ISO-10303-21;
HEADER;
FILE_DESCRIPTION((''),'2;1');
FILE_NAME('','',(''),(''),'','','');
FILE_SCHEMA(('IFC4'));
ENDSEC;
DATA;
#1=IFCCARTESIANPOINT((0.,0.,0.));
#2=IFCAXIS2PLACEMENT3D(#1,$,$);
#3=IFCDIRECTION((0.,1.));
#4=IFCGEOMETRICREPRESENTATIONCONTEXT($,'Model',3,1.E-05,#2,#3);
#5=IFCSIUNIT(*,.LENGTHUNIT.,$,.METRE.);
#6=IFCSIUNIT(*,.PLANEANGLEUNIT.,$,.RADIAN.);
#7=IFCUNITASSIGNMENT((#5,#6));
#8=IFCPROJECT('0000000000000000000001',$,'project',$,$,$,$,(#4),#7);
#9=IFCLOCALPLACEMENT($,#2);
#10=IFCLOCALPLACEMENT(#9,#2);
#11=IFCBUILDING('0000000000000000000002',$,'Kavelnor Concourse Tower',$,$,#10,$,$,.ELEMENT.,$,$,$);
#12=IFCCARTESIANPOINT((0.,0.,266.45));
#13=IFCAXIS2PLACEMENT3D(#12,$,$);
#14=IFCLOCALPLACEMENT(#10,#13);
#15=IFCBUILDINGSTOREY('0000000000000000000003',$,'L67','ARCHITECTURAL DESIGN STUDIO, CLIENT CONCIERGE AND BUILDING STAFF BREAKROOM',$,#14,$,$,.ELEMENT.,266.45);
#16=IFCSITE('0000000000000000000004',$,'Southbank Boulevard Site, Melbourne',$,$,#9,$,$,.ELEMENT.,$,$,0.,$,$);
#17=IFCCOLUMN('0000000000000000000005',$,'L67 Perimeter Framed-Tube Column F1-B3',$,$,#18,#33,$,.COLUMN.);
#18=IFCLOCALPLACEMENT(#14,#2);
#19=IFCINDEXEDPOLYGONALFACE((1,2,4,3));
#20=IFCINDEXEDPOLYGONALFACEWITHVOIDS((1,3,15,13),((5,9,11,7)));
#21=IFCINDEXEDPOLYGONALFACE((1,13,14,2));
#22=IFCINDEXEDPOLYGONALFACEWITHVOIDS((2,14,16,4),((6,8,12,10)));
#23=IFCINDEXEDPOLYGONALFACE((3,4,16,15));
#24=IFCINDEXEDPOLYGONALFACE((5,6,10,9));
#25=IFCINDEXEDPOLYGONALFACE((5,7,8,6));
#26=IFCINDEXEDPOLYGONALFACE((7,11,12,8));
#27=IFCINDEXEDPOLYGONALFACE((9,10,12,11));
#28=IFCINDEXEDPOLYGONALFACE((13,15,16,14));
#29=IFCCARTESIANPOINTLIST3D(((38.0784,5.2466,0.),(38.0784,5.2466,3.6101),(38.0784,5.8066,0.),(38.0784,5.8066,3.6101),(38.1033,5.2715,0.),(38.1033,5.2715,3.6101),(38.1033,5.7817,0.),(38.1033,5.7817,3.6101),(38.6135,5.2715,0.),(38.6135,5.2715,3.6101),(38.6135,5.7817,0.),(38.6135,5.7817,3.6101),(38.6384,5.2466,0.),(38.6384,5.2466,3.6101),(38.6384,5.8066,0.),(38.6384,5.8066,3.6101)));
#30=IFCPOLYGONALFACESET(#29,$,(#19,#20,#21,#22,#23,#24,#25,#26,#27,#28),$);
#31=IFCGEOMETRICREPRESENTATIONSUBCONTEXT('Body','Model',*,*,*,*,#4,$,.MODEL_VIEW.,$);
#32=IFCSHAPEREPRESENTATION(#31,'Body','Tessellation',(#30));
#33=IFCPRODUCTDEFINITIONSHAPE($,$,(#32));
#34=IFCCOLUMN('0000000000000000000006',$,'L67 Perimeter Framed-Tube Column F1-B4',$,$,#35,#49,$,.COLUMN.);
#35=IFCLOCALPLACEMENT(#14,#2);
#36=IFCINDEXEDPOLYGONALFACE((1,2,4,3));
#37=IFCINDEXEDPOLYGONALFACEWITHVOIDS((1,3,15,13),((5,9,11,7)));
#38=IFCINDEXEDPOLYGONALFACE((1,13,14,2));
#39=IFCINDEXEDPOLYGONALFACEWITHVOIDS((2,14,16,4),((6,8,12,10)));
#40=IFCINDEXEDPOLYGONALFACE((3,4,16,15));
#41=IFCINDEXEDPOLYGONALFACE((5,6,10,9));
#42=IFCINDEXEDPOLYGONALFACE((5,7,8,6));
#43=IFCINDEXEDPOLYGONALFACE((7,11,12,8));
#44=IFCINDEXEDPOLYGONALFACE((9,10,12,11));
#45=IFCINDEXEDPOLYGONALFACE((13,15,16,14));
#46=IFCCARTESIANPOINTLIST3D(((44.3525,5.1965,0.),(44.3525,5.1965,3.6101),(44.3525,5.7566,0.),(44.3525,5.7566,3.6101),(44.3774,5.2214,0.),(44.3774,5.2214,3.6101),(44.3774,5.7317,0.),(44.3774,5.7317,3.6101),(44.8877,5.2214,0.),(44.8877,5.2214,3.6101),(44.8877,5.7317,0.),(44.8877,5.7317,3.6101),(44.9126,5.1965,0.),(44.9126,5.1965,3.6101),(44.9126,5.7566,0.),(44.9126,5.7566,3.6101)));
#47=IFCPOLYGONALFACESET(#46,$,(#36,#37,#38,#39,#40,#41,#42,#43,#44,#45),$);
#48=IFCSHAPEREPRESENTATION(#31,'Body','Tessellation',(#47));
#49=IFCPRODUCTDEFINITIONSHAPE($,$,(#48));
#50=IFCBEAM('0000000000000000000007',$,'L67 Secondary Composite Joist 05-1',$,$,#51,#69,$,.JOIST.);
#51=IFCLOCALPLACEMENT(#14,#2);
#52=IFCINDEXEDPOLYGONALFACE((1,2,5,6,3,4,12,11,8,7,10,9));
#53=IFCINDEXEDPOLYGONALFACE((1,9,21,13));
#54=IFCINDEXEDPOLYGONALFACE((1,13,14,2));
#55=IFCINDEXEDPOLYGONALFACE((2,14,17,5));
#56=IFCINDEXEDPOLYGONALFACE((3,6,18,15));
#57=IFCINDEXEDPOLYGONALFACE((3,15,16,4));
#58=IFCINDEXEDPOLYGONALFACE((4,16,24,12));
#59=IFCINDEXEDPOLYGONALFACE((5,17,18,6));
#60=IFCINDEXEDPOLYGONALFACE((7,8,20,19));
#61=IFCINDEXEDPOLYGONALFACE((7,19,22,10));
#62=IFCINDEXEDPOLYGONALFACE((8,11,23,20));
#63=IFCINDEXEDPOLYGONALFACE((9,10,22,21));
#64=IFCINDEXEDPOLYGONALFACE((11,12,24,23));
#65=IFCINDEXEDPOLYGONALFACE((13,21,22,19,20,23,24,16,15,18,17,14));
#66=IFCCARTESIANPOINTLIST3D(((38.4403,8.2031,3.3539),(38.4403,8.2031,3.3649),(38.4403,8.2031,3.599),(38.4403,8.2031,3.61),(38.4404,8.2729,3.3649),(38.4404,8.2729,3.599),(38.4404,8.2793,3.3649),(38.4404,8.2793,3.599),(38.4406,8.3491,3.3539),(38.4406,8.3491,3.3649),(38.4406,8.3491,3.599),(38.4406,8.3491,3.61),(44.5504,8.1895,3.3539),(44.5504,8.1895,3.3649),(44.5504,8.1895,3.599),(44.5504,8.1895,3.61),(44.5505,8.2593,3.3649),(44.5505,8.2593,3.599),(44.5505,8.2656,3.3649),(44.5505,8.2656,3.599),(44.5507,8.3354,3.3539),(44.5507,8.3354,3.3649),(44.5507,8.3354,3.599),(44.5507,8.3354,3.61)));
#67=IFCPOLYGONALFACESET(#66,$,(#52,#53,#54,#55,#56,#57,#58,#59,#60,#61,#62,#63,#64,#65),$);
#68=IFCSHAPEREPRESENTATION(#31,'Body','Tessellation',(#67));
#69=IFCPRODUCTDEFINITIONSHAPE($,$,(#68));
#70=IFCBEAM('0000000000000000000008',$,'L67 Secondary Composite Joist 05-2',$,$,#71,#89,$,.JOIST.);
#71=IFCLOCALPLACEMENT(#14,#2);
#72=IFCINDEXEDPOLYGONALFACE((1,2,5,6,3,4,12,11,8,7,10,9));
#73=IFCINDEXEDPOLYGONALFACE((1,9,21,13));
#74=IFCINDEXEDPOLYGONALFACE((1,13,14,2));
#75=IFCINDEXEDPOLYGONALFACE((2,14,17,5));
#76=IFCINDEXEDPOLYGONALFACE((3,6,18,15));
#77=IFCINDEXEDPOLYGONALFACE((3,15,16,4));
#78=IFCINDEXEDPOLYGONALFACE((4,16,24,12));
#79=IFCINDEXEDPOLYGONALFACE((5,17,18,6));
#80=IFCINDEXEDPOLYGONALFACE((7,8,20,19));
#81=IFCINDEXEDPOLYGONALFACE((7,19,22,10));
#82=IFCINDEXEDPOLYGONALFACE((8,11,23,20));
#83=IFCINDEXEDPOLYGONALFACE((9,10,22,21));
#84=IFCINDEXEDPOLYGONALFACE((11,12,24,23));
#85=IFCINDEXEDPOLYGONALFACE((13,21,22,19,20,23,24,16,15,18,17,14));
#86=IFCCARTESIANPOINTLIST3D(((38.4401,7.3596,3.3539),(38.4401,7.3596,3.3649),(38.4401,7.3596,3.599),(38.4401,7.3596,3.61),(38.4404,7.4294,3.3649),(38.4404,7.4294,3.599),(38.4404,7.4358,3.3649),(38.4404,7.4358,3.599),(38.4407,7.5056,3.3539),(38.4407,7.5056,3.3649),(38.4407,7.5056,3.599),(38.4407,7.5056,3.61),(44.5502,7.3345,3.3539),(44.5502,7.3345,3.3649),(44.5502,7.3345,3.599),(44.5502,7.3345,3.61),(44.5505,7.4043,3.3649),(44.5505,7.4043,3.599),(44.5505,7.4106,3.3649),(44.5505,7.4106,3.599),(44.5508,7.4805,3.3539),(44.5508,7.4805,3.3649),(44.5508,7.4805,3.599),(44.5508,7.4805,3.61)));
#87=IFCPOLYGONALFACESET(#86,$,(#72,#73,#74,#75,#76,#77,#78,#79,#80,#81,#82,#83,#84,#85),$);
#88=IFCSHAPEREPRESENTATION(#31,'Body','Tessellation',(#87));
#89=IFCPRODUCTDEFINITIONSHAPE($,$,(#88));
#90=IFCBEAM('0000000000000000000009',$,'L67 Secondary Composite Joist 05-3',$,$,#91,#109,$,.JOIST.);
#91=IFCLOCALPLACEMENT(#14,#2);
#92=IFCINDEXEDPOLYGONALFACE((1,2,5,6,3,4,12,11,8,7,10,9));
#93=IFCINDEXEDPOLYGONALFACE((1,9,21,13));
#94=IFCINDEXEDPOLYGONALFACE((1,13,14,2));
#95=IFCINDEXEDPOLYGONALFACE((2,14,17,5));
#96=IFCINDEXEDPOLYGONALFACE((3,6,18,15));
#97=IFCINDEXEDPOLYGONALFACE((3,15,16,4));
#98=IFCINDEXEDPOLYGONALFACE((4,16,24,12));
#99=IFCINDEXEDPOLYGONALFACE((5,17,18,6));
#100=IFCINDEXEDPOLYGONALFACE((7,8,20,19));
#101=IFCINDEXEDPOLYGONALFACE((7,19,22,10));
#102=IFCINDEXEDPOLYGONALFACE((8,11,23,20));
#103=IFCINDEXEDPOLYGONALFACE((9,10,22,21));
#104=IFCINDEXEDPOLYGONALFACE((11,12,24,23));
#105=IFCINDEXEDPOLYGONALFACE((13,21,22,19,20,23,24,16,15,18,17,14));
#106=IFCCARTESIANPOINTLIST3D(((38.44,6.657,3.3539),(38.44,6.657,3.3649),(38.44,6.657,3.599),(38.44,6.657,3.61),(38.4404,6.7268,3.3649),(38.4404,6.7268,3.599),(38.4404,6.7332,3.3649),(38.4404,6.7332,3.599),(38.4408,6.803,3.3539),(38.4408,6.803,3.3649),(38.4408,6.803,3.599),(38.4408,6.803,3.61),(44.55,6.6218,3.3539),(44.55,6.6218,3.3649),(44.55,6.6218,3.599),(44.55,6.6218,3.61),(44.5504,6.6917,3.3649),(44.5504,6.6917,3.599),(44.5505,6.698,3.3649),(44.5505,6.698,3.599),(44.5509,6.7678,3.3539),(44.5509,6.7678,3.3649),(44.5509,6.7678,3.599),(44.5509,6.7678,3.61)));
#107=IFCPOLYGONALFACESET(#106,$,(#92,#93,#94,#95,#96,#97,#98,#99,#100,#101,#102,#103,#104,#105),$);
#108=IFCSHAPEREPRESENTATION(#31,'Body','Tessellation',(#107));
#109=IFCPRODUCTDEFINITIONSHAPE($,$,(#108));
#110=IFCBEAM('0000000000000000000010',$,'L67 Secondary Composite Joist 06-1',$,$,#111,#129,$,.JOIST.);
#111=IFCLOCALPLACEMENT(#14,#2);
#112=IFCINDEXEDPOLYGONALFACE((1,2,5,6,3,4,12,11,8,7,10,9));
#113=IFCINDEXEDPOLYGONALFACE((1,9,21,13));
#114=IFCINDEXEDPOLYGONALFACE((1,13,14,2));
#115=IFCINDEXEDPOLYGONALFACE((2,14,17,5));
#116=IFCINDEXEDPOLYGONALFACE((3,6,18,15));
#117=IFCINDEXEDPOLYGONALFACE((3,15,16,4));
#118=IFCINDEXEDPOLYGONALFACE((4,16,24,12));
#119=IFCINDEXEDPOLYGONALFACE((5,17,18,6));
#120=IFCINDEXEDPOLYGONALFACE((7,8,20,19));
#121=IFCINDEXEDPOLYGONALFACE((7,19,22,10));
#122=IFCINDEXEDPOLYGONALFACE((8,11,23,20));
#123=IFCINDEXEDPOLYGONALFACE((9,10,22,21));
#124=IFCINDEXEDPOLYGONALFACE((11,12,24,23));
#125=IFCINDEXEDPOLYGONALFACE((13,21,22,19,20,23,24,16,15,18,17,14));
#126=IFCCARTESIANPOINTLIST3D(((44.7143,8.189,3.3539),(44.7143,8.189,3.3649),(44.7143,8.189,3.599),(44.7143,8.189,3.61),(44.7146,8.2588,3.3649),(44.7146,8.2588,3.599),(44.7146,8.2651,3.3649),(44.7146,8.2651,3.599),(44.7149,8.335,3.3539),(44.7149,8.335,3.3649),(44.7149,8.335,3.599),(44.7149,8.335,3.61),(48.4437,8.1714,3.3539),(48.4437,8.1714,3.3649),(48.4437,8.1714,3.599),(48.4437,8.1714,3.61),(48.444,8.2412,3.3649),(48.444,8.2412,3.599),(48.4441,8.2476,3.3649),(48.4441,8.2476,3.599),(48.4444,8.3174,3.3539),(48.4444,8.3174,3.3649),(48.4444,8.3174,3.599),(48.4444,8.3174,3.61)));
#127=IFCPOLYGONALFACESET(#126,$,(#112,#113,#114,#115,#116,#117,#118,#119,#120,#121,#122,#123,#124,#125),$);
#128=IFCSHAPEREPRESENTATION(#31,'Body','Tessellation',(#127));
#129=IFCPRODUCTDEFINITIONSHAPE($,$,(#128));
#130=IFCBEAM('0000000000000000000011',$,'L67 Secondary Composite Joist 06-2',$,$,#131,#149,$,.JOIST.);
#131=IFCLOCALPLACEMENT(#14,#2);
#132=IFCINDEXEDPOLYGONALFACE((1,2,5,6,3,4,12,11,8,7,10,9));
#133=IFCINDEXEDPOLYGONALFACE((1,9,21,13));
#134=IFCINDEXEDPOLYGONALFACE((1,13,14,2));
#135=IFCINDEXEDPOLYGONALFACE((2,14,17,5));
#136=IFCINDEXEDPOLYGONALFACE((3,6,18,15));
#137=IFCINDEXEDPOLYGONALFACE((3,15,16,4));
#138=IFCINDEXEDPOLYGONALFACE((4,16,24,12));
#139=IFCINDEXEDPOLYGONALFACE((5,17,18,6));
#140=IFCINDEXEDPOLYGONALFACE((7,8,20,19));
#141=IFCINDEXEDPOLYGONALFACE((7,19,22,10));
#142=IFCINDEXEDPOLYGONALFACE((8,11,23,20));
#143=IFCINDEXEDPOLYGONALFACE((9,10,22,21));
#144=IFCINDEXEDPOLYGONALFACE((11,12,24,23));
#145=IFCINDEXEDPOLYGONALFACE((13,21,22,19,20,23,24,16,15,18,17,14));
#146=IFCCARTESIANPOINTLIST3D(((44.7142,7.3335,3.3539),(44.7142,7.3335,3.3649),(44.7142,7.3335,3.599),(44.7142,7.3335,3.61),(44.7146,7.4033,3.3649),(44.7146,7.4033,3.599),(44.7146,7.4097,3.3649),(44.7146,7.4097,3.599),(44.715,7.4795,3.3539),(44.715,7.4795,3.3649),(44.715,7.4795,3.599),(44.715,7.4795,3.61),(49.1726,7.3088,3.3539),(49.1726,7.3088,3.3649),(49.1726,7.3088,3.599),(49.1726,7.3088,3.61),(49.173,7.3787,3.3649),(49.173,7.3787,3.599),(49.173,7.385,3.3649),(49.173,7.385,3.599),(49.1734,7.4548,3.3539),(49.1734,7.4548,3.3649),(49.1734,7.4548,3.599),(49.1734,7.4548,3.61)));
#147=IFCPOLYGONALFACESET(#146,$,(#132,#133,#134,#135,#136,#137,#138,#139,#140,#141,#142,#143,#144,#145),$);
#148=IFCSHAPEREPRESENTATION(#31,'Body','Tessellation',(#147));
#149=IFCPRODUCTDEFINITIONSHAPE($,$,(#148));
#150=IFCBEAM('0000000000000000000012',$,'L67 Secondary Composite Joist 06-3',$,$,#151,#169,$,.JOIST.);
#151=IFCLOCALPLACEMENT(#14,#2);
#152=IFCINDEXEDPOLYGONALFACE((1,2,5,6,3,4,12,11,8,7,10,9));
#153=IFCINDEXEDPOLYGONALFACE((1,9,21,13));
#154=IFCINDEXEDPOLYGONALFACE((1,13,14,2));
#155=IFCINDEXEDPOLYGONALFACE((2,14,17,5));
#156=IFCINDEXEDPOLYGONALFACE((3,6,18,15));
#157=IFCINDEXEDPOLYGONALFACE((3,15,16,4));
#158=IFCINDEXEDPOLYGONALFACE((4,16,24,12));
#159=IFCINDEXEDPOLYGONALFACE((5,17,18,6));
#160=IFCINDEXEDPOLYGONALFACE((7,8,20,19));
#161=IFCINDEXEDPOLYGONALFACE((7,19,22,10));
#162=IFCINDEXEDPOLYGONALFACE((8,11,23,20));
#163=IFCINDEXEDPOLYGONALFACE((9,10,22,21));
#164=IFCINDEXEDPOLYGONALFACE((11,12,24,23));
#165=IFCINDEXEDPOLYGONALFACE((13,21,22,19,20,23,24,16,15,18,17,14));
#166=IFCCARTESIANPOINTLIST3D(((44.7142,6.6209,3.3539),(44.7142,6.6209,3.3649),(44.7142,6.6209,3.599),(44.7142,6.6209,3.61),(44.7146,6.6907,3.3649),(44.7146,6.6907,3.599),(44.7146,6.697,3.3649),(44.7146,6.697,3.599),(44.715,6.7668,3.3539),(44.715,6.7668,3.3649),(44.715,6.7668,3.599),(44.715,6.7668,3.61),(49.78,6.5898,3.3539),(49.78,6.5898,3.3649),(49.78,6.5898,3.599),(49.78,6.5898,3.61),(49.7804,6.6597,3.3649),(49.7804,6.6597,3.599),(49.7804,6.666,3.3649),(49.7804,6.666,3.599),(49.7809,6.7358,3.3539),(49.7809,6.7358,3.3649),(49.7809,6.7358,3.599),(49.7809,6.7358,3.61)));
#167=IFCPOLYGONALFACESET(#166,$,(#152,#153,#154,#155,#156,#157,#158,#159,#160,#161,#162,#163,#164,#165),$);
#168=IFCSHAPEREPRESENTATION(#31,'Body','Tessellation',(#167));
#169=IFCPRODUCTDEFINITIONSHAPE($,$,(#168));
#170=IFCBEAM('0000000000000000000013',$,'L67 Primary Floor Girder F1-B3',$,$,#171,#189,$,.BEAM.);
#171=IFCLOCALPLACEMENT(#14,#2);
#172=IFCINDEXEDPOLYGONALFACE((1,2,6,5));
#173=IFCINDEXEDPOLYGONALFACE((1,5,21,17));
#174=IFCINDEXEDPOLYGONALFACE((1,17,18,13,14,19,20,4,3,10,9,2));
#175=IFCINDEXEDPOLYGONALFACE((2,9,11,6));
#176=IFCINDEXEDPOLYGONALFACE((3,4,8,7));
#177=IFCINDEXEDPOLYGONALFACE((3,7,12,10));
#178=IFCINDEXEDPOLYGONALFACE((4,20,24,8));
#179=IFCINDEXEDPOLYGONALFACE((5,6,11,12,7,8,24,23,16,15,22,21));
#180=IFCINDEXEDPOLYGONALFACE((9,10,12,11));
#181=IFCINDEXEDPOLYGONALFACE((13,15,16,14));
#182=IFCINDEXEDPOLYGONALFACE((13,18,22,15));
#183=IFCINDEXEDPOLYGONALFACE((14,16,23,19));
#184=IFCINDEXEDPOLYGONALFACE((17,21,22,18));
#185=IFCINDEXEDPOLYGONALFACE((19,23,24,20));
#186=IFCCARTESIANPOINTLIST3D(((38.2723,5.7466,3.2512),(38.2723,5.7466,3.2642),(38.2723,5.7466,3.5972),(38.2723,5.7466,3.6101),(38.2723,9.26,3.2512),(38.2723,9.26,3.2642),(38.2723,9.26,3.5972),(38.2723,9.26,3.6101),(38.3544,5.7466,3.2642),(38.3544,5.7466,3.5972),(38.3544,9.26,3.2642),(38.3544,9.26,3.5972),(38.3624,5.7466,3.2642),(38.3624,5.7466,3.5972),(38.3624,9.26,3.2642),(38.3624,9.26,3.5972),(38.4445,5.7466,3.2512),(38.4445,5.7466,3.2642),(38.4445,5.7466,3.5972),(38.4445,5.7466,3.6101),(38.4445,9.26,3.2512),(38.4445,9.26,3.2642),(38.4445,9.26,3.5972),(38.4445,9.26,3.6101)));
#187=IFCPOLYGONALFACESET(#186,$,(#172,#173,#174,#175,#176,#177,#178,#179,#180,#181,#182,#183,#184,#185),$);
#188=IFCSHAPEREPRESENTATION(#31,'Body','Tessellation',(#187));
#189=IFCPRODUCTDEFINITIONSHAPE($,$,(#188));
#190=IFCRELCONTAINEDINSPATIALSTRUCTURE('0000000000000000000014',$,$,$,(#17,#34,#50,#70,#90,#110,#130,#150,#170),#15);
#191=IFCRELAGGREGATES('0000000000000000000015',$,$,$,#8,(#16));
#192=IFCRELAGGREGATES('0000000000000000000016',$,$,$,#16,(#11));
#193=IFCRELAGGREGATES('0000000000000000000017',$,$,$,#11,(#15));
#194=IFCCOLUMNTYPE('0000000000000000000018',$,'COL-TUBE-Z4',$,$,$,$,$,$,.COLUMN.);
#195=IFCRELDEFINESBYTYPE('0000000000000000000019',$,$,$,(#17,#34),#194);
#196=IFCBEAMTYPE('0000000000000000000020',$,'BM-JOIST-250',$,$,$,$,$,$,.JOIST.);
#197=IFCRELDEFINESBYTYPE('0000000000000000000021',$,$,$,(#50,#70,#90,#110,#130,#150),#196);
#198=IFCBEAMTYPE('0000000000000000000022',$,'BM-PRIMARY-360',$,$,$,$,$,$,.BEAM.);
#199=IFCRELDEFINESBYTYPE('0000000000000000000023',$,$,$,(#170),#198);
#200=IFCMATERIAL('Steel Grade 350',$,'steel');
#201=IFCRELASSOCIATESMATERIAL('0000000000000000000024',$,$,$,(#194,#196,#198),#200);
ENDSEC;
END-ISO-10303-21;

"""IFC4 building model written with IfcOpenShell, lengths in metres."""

from ifc_helpers import new_model, si_unit, direction, frame, origin, origin_2d, place, context, subcontext, project, spatial, hollow_rectangle, i_section, extrude, material, material_profile, profile_set, type_object, element, save


model = new_model("IFC4")

# Units and contexts
model_context = context("Model", 3, precision=1e-05, world=origin(), true_north=direction((0.0, 1.0)))
body_context = subcontext(model_context, "Body", "Model", "MODEL_VIEW")
ifc_project = project(units=[si_unit("LENGTHUNIT", "METRE"), si_unit("PLANEANGLEUNIT", "RADIAN")], contexts=[model_context])

# Site, building, storey
site_placement = place(None, origin())
site = spatial("IfcSite", under=ifc_project, at=site_placement, Name="Southbank Boulevard Site, Melbourne", CompositionType="ELEMENT", RefElevation=0.0)
building_placement = place(site_placement, origin())
building = spatial("IfcBuilding", under=site, at=building_placement, Name="Kavelnor Concourse Tower", CompositionType="ELEMENT")
storey_placement = place(building_placement, frame((0.0, 0.0, 266.45)))
storey = spatial("IfcBuildingStorey", under=building, at=storey_placement, Name="L67", Description="ARCHITECTURAL DESIGN STUDIO, CLIENT CONCIERGE AND BUILDING STAFF BREAKROOM", CompositionType="ELEMENT", Elevation=266.45)

# Columns
ifc_material_1 = material(Name="Steel Grade 350", Category="steel")
ifc_material_profile_1 = material_profile(ifc_material_1, hollow_rectangle(XDim=0.5601, YDim=0.5601, WallThickness=0.0249, at=origin_2d()), Name="SHS 560x560x25")
ifc_profile_set_1 = profile_set([ifc_material_profile_1], Name="Steel Grade 350")
column_type = type_object("IfcColumnType", Name="COL-TUBE-Z4", PredefinedType="COLUMN", material=ifc_profile_set_1)
for number, where, z_axis, x_axis, name in (
    (1, (38.3584, 5.5266, 0.0), (0.0, 0.0, 1.0), (1.0, 0.0, 0.0), "L67 Perimeter Framed-Tube Column F1-B3"),
    (2, (44.6326, 5.4766, 0.0), (0.0, 0.0, 1.0), (1.0, 0.0, 0.0), "L67 Perimeter Framed-Tube Column F1-B4"),
):
    element("IfcColumn", number, at=place(storey_placement, frame(where, z_axis=z_axis, x_axis=x_axis)), inside=storey, type_object=column_type, Name=name, PredefinedType="COLUMN", context=body_context, shape_type="SweptSolid", body=[
        extrude(hollow_rectangle(XDim=0.5601, YDim=0.5601, WallThickness=0.0249, at=origin_2d()), origin(), (0.0, 0.0, 1.0), 3.6101),
    ])

# Beams
ifc_material_profile_2 = material_profile(ifc_material_1, i_section(OverallWidth=0.146, OverallDepth=0.2561, WebThickness=0.0063, FlangeThickness=0.011, at=origin_2d()), Name="250UB37")
ifc_profile_set_2 = profile_set([ifc_material_profile_2], Name="Steel Grade 350")
beam_type_1 = type_object("IfcBeamType", Name="BM-JOIST-250", PredefinedType="JOIST", material=ifc_profile_set_2)
for number, where, z_axis, x_axis, name in (
    (3, (38.4404, 8.2761, 3.4819), (0.999997, -0.002238, 0.0), (0.002238, 0.999997, 0.0), "L67 Secondary Composite Joist 05-1"),
    (4, (38.4404, 7.4326, 3.4819), (0.999992, -0.004116, 0.0), (0.004116, 0.999992, 0.0), "L67 Secondary Composite Joist 05-2"),
    (5, (38.4404, 6.73, 3.4819), (0.999983, -0.005754, 0.0), (0.005754, 0.999983, 0.0), "L67 Secondary Composite Joist 05-3"),
):
    element("IfcBeam", number, at=place(storey_placement, frame(where, z_axis=z_axis, x_axis=x_axis)), inside=storey, type_object=beam_type_1, Name=name, PredefinedType="JOIST", context=body_context, shape_type="SweptSolid", body=[
        extrude(i_section(OverallWidth=0.146, OverallDepth=0.2561, WebThickness=0.0063, FlangeThickness=0.011, at=origin_2d()), origin(), (0.0, 0.0, 1.0), 6.1101),
    ])
beam_1_placement = place(storey_placement, frame((44.7146, 8.262, 3.4819), z_axis=(0.999989, -0.004713, 0.0), x_axis=(0.004713, 0.999989, 0.0)))
element("IfcBeam", 6, at=beam_1_placement, inside=storey, type_object=beam_type_1, Name="L67 Secondary Composite Joist 06-1", PredefinedType="JOIST", context=body_context, shape_type="SweptSolid", body=[
    extrude(i_section(OverallWidth=0.146, OverallDepth=0.2561, WebThickness=0.0063, FlangeThickness=0.011, at=origin_2d()), origin(), (0.0, 0.0, 1.0), 3.7295),
])
beam_2_placement = place(storey_placement, frame((44.7146, 7.4065, 3.4819), z_axis=(0.999985, -0.005531, 0.0), x_axis=(0.005531, 0.999985, 0.0)))
element("IfcBeam", 7, at=beam_2_placement, inside=storey, type_object=beam_type_1, Name="L67 Secondary Composite Joist 06-2", PredefinedType="JOIST", context=body_context, shape_type="SweptSolid", body=[
    extrude(i_section(OverallWidth=0.146, OverallDepth=0.2561, WebThickness=0.0063, FlangeThickness=0.011, at=origin_2d()), origin(), (0.0, 0.0, 1.0), 4.4585),
])
beam_3_placement = place(storey_placement, frame((44.7146, 6.6938, 3.4819), z_axis=(0.999981, -0.00612, 0.0), x_axis=(0.00612, 0.999981, 0.0)))
element("IfcBeam", 8, at=beam_3_placement, inside=storey, type_object=beam_type_1, Name="L67 Secondary Composite Joist 06-3", PredefinedType="JOIST", context=body_context, shape_type="SweptSolid", body=[
    extrude(i_section(OverallWidth=0.146, OverallDepth=0.2561, WebThickness=0.0063, FlangeThickness=0.011, at=origin_2d()), origin(), (0.0, 0.0, 1.0), 5.0659),
])
ifc_material_profile_3 = material_profile(ifc_material_1, i_section(OverallWidth=0.1721, OverallDepth=0.3589, WebThickness=0.0081, FlangeThickness=0.0129, at=origin_2d()), Name="360UB56")
ifc_profile_set_3 = profile_set([ifc_material_profile_3], Name="Steel Grade 350")
beam_type_2 = type_object("IfcBeamType", Name="BM-PRIMARY-360", PredefinedType="BEAM", material=ifc_profile_set_3)
beam_4_placement = place(storey_placement, frame((38.3584, 9.26, 3.4307), z_axis=(0.0, -1.0, 0.0), x_axis=(1.0, 0.0, 0.0)))
element("IfcBeam", 9, at=beam_4_placement, inside=storey, type_object=beam_type_2, Name="L67 Primary Floor Girder F1-B3", PredefinedType="BEAM", context=body_context, shape_type="SweptSolid", body=[
    extrude(i_section(OverallWidth=0.1721, OverallDepth=0.3589, WebThickness=0.0081, FlangeThickness=0.0129, at=origin_2d()), origin(), (0.0, 0.0, 1.0), 3.5134),
])

save(model, "model.ifc")
